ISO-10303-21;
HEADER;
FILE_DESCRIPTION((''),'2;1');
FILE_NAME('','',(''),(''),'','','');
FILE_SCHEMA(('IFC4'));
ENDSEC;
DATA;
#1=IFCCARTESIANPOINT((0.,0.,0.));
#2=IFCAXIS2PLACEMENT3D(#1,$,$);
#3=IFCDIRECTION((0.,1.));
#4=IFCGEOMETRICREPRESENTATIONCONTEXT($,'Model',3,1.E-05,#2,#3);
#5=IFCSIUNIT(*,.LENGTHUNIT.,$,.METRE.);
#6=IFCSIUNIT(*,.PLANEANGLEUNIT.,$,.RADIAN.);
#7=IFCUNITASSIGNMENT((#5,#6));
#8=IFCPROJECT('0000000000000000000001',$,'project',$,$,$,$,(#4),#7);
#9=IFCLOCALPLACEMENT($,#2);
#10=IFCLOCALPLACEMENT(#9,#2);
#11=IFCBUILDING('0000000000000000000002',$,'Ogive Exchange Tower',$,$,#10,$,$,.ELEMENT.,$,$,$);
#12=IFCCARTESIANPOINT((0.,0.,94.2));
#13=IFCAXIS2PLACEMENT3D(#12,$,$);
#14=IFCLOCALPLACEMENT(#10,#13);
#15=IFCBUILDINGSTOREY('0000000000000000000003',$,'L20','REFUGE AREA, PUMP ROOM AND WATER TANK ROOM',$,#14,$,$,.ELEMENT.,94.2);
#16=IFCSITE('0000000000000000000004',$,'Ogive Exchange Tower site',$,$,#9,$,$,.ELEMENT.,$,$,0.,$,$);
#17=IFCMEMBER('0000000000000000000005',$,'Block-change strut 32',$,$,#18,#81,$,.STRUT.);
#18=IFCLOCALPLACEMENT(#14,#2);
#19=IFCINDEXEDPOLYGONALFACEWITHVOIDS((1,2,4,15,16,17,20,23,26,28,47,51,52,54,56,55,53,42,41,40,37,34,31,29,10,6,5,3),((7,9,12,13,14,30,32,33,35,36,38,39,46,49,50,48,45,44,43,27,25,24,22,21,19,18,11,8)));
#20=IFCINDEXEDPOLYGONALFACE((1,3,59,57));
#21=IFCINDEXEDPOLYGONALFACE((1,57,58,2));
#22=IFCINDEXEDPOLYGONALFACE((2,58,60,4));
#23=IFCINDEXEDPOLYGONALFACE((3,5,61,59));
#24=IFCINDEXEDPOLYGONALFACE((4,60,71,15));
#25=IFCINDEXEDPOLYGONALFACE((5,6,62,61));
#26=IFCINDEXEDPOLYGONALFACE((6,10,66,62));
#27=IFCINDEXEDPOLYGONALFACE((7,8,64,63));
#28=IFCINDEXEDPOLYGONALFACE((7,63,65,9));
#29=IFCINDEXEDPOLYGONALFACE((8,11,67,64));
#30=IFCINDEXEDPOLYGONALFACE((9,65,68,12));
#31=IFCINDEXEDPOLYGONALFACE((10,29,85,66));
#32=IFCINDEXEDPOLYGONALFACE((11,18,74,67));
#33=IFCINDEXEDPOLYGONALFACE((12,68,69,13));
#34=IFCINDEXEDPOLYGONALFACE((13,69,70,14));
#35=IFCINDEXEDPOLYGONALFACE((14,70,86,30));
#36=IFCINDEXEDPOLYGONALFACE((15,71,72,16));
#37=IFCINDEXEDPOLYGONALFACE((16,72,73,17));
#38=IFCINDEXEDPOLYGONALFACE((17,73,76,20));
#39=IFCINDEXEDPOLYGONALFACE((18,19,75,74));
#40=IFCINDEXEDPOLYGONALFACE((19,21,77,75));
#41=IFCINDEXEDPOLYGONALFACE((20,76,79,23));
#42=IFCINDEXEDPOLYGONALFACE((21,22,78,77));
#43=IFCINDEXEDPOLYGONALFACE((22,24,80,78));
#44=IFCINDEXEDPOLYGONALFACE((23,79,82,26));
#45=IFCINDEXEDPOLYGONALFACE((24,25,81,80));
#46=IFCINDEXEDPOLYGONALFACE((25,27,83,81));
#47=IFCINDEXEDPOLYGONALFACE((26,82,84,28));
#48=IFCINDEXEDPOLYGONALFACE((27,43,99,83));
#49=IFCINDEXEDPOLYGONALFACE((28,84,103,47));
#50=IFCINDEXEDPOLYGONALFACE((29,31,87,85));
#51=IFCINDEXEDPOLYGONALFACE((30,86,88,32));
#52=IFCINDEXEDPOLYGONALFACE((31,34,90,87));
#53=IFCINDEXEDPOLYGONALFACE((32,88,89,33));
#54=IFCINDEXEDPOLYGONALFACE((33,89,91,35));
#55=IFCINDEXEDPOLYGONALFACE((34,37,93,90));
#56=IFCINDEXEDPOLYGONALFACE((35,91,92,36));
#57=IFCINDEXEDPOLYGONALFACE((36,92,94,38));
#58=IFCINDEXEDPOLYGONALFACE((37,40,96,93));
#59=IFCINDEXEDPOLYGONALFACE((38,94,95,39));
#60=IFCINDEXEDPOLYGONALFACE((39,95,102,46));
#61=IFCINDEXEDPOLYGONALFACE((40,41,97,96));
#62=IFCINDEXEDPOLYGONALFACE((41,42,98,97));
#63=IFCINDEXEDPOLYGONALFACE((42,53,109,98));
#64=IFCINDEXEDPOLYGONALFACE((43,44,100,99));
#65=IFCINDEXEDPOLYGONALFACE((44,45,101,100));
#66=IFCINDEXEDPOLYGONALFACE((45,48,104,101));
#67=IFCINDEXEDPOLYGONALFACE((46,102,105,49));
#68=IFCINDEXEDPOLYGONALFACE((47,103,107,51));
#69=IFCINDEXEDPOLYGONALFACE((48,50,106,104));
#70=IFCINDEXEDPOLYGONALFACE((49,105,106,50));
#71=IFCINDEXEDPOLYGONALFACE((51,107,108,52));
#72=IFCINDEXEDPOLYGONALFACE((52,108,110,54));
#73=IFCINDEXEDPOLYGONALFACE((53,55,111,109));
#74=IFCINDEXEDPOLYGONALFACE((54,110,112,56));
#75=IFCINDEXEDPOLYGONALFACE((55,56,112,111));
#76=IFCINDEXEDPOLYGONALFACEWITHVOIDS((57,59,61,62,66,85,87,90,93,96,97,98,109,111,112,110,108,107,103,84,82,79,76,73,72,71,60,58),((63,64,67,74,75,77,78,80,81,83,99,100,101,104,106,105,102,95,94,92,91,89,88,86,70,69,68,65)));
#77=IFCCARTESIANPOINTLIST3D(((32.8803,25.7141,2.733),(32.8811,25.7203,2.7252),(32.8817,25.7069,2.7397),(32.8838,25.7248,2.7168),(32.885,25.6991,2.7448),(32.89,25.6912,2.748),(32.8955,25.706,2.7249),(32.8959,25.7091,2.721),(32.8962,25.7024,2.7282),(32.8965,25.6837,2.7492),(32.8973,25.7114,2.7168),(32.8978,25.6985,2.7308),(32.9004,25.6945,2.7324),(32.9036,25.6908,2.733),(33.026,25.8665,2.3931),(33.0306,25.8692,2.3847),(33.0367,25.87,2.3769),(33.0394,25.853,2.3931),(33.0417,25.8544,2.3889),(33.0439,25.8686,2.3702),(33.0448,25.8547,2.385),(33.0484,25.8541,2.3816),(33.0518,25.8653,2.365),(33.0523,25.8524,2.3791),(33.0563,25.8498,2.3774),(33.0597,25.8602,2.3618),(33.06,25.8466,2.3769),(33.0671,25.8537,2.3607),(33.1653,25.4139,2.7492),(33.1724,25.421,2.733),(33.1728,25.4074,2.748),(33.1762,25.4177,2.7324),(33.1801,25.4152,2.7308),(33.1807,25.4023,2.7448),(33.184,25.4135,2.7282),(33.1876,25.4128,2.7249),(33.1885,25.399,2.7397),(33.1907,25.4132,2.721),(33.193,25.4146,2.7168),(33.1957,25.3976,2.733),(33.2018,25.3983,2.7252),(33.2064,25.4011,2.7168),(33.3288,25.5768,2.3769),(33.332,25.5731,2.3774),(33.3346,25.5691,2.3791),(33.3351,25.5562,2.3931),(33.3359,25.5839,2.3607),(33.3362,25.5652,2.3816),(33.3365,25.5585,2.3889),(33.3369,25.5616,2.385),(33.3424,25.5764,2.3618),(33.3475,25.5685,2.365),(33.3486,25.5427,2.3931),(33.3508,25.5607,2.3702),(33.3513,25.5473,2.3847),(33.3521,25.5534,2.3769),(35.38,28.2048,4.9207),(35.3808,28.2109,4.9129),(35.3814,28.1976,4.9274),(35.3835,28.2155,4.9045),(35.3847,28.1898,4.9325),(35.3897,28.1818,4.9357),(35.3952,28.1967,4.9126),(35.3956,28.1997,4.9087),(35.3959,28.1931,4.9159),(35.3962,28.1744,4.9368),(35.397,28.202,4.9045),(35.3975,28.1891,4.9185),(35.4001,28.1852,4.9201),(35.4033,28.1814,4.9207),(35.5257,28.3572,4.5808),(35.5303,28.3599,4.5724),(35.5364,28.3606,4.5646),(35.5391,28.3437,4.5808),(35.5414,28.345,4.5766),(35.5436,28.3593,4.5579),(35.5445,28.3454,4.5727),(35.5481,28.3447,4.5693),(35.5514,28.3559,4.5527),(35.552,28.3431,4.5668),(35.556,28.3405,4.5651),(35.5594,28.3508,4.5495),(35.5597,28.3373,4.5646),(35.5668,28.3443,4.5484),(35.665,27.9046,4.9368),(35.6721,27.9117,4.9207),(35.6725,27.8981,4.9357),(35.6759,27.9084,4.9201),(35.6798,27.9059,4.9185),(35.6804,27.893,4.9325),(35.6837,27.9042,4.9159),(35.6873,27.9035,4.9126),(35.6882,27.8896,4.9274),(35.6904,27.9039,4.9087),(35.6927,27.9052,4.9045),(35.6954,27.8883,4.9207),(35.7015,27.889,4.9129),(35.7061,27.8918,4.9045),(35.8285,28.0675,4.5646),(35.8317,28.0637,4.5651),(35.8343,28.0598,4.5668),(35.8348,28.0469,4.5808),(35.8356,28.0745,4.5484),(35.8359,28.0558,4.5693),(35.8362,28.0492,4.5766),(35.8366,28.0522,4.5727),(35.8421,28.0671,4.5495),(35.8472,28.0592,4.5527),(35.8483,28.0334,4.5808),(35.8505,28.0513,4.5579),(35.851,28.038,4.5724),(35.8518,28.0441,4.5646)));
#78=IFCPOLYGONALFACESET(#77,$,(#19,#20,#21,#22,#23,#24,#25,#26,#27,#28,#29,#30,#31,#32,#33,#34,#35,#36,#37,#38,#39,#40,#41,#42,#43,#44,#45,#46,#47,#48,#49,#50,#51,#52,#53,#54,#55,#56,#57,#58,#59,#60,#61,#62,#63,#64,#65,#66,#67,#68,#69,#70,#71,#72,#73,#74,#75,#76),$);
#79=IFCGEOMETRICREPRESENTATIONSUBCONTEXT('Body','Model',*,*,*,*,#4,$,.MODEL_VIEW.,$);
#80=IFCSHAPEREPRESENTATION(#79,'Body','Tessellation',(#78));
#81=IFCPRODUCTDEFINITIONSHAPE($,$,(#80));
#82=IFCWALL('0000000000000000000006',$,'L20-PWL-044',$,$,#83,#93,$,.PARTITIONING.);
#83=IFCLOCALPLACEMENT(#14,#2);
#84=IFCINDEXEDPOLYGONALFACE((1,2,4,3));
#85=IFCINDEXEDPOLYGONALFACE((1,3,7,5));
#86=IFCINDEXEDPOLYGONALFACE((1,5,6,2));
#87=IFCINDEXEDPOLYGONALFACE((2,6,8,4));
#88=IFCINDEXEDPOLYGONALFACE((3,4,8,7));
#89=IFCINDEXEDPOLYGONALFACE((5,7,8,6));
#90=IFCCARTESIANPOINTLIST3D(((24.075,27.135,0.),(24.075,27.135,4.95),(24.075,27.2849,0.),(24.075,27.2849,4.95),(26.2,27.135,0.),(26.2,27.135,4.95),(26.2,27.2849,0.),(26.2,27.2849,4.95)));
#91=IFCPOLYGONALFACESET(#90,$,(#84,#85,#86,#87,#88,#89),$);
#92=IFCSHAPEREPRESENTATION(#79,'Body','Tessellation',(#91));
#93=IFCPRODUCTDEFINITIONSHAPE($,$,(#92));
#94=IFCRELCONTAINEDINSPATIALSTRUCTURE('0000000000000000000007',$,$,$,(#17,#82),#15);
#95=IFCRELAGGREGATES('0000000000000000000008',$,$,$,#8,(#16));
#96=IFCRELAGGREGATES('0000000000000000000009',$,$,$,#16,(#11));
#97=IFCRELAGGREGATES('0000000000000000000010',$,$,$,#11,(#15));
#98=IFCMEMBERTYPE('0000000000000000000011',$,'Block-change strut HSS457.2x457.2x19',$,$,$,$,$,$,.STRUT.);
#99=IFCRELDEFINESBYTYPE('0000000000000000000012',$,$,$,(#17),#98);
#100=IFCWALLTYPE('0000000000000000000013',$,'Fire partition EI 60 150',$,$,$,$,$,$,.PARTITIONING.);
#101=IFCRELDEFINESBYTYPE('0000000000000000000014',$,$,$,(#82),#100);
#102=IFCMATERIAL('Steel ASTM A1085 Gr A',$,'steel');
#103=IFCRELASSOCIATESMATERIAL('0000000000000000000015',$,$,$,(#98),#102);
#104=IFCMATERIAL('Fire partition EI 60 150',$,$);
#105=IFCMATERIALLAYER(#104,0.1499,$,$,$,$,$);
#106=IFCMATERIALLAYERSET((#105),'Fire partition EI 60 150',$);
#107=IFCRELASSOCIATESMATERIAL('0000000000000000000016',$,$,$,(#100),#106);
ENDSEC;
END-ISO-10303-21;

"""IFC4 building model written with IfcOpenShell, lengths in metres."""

from ifc_helpers import new_model, si_unit, direction, frame, frame_2d, origin, origin_2d, place, context, subcontext, project, spatial, rectangle, hollow_rectangle, extrude, material, layer, layer_set, material_profile, profile_set, type_object, element, save


model = new_model("IFC4")

# Units and contexts
model_context = context("Model", 3, precision=1e-05, world=origin(), true_north=direction((0.0, 1.0)))
body_context = subcontext(model_context, "Body", "Model", "MODEL_VIEW")
ifc_project = project(units=[si_unit("LENGTHUNIT", "METRE"), si_unit("PLANEANGLEUNIT", "RADIAN")], contexts=[model_context])

# Site, building, storey
site_placement = place(None, origin())
site = spatial("IfcSite", under=ifc_project, at=site_placement, Name="Ogive Exchange Tower site", CompositionType="ELEMENT", RefElevation=0.0)
building_placement = place(site_placement, origin())
building = spatial("IfcBuilding", under=site, at=building_placement, Name="Ogive Exchange Tower", CompositionType="ELEMENT")
storey_placement = place(building_placement, frame((0.0, 0.0, 94.2)))
storey = spatial("IfcBuildingStorey", under=building, at=storey_placement, Name="L20", Description="REFUGE AREA, PUMP ROOM AND WATER TANK ROOM", CompositionType="ELEMENT", Elevation=94.2)

# Shared definitions
ifc_material_1 = material(Name="Steel ASTM A1085 Gr A", Category="steel")

# Member
ifc_material_profile_1 = material_profile(ifc_material_1, hollow_rectangle(XDim=0.457, YDim=0.457, WallThickness=0.019, InnerFilletRadius=0.019, OuterFilletRadius=0.0381, at=origin_2d()), Name="HSS457.2x457.2x19")
ifc_profile_set_1 = profile_set([ifc_material_profile_1], Name="Steel ASTM A1085 Gr A")
member_type_1 = type_object("IfcMemberType", Name="Block-change strut HSS457.2x457.2x19", PredefinedType="STRUT", material=ifc_profile_set_1)
member_1_placement = place(storey_placement, frame((33.1162, 25.6338, 2.5549), z_axis=(0.602068, 0.599892, 0.526919), x_axis=(-0.705826, 0.708386, 0.0)))
element("IfcMember", 1, at=member_1_placement, inside=storey, type_object=member_type_1, Name="Block-change strut 32", PredefinedType="STRUT", context=body_context, shape_type="SweptSolid", body=[
    extrude(hollow_rectangle(XDim=0.457, YDim=0.457, WallThickness=0.019, InnerFilletRadius=0.019, OuterFilletRadius=0.0381, at=origin_2d()), origin(), (0.0, 0.0, 1.0), 4.1519),
])

# Wall
ifc_material_2 = material(Name="Fire partition EI 60 150")
ifc_layer_1 = layer(ifc_material_2, 0.1499)
ifc_layer_set_1 = layer_set([ifc_layer_1], Name="Fire partition EI 60 150")
wall_type_1 = type_object("IfcWallType", Name="Fire partition EI 60 150", PredefinedType="PARTITIONING", material=ifc_layer_set_1)
wall_1_placement = place(storey_placement, frame((26.2, 27.21, 0.0), z_axis=(0.0, 0.0, 1.0), x_axis=(-1.0, 0.0, 0.0)))
element("IfcWall", 2, at=wall_1_placement, inside=storey, type_object=wall_type_1, Name="L20-PWL-044", PredefinedType="PARTITIONING", context=body_context, shape_type="SweptSolid", body=[
    extrude(rectangle(XDim=2.125, YDim=0.1499, at=frame_2d((1.0625, 0.0))), origin(), (0.0, 0.0, 1.0), 4.95),
])

save(model, "model.ifc")
